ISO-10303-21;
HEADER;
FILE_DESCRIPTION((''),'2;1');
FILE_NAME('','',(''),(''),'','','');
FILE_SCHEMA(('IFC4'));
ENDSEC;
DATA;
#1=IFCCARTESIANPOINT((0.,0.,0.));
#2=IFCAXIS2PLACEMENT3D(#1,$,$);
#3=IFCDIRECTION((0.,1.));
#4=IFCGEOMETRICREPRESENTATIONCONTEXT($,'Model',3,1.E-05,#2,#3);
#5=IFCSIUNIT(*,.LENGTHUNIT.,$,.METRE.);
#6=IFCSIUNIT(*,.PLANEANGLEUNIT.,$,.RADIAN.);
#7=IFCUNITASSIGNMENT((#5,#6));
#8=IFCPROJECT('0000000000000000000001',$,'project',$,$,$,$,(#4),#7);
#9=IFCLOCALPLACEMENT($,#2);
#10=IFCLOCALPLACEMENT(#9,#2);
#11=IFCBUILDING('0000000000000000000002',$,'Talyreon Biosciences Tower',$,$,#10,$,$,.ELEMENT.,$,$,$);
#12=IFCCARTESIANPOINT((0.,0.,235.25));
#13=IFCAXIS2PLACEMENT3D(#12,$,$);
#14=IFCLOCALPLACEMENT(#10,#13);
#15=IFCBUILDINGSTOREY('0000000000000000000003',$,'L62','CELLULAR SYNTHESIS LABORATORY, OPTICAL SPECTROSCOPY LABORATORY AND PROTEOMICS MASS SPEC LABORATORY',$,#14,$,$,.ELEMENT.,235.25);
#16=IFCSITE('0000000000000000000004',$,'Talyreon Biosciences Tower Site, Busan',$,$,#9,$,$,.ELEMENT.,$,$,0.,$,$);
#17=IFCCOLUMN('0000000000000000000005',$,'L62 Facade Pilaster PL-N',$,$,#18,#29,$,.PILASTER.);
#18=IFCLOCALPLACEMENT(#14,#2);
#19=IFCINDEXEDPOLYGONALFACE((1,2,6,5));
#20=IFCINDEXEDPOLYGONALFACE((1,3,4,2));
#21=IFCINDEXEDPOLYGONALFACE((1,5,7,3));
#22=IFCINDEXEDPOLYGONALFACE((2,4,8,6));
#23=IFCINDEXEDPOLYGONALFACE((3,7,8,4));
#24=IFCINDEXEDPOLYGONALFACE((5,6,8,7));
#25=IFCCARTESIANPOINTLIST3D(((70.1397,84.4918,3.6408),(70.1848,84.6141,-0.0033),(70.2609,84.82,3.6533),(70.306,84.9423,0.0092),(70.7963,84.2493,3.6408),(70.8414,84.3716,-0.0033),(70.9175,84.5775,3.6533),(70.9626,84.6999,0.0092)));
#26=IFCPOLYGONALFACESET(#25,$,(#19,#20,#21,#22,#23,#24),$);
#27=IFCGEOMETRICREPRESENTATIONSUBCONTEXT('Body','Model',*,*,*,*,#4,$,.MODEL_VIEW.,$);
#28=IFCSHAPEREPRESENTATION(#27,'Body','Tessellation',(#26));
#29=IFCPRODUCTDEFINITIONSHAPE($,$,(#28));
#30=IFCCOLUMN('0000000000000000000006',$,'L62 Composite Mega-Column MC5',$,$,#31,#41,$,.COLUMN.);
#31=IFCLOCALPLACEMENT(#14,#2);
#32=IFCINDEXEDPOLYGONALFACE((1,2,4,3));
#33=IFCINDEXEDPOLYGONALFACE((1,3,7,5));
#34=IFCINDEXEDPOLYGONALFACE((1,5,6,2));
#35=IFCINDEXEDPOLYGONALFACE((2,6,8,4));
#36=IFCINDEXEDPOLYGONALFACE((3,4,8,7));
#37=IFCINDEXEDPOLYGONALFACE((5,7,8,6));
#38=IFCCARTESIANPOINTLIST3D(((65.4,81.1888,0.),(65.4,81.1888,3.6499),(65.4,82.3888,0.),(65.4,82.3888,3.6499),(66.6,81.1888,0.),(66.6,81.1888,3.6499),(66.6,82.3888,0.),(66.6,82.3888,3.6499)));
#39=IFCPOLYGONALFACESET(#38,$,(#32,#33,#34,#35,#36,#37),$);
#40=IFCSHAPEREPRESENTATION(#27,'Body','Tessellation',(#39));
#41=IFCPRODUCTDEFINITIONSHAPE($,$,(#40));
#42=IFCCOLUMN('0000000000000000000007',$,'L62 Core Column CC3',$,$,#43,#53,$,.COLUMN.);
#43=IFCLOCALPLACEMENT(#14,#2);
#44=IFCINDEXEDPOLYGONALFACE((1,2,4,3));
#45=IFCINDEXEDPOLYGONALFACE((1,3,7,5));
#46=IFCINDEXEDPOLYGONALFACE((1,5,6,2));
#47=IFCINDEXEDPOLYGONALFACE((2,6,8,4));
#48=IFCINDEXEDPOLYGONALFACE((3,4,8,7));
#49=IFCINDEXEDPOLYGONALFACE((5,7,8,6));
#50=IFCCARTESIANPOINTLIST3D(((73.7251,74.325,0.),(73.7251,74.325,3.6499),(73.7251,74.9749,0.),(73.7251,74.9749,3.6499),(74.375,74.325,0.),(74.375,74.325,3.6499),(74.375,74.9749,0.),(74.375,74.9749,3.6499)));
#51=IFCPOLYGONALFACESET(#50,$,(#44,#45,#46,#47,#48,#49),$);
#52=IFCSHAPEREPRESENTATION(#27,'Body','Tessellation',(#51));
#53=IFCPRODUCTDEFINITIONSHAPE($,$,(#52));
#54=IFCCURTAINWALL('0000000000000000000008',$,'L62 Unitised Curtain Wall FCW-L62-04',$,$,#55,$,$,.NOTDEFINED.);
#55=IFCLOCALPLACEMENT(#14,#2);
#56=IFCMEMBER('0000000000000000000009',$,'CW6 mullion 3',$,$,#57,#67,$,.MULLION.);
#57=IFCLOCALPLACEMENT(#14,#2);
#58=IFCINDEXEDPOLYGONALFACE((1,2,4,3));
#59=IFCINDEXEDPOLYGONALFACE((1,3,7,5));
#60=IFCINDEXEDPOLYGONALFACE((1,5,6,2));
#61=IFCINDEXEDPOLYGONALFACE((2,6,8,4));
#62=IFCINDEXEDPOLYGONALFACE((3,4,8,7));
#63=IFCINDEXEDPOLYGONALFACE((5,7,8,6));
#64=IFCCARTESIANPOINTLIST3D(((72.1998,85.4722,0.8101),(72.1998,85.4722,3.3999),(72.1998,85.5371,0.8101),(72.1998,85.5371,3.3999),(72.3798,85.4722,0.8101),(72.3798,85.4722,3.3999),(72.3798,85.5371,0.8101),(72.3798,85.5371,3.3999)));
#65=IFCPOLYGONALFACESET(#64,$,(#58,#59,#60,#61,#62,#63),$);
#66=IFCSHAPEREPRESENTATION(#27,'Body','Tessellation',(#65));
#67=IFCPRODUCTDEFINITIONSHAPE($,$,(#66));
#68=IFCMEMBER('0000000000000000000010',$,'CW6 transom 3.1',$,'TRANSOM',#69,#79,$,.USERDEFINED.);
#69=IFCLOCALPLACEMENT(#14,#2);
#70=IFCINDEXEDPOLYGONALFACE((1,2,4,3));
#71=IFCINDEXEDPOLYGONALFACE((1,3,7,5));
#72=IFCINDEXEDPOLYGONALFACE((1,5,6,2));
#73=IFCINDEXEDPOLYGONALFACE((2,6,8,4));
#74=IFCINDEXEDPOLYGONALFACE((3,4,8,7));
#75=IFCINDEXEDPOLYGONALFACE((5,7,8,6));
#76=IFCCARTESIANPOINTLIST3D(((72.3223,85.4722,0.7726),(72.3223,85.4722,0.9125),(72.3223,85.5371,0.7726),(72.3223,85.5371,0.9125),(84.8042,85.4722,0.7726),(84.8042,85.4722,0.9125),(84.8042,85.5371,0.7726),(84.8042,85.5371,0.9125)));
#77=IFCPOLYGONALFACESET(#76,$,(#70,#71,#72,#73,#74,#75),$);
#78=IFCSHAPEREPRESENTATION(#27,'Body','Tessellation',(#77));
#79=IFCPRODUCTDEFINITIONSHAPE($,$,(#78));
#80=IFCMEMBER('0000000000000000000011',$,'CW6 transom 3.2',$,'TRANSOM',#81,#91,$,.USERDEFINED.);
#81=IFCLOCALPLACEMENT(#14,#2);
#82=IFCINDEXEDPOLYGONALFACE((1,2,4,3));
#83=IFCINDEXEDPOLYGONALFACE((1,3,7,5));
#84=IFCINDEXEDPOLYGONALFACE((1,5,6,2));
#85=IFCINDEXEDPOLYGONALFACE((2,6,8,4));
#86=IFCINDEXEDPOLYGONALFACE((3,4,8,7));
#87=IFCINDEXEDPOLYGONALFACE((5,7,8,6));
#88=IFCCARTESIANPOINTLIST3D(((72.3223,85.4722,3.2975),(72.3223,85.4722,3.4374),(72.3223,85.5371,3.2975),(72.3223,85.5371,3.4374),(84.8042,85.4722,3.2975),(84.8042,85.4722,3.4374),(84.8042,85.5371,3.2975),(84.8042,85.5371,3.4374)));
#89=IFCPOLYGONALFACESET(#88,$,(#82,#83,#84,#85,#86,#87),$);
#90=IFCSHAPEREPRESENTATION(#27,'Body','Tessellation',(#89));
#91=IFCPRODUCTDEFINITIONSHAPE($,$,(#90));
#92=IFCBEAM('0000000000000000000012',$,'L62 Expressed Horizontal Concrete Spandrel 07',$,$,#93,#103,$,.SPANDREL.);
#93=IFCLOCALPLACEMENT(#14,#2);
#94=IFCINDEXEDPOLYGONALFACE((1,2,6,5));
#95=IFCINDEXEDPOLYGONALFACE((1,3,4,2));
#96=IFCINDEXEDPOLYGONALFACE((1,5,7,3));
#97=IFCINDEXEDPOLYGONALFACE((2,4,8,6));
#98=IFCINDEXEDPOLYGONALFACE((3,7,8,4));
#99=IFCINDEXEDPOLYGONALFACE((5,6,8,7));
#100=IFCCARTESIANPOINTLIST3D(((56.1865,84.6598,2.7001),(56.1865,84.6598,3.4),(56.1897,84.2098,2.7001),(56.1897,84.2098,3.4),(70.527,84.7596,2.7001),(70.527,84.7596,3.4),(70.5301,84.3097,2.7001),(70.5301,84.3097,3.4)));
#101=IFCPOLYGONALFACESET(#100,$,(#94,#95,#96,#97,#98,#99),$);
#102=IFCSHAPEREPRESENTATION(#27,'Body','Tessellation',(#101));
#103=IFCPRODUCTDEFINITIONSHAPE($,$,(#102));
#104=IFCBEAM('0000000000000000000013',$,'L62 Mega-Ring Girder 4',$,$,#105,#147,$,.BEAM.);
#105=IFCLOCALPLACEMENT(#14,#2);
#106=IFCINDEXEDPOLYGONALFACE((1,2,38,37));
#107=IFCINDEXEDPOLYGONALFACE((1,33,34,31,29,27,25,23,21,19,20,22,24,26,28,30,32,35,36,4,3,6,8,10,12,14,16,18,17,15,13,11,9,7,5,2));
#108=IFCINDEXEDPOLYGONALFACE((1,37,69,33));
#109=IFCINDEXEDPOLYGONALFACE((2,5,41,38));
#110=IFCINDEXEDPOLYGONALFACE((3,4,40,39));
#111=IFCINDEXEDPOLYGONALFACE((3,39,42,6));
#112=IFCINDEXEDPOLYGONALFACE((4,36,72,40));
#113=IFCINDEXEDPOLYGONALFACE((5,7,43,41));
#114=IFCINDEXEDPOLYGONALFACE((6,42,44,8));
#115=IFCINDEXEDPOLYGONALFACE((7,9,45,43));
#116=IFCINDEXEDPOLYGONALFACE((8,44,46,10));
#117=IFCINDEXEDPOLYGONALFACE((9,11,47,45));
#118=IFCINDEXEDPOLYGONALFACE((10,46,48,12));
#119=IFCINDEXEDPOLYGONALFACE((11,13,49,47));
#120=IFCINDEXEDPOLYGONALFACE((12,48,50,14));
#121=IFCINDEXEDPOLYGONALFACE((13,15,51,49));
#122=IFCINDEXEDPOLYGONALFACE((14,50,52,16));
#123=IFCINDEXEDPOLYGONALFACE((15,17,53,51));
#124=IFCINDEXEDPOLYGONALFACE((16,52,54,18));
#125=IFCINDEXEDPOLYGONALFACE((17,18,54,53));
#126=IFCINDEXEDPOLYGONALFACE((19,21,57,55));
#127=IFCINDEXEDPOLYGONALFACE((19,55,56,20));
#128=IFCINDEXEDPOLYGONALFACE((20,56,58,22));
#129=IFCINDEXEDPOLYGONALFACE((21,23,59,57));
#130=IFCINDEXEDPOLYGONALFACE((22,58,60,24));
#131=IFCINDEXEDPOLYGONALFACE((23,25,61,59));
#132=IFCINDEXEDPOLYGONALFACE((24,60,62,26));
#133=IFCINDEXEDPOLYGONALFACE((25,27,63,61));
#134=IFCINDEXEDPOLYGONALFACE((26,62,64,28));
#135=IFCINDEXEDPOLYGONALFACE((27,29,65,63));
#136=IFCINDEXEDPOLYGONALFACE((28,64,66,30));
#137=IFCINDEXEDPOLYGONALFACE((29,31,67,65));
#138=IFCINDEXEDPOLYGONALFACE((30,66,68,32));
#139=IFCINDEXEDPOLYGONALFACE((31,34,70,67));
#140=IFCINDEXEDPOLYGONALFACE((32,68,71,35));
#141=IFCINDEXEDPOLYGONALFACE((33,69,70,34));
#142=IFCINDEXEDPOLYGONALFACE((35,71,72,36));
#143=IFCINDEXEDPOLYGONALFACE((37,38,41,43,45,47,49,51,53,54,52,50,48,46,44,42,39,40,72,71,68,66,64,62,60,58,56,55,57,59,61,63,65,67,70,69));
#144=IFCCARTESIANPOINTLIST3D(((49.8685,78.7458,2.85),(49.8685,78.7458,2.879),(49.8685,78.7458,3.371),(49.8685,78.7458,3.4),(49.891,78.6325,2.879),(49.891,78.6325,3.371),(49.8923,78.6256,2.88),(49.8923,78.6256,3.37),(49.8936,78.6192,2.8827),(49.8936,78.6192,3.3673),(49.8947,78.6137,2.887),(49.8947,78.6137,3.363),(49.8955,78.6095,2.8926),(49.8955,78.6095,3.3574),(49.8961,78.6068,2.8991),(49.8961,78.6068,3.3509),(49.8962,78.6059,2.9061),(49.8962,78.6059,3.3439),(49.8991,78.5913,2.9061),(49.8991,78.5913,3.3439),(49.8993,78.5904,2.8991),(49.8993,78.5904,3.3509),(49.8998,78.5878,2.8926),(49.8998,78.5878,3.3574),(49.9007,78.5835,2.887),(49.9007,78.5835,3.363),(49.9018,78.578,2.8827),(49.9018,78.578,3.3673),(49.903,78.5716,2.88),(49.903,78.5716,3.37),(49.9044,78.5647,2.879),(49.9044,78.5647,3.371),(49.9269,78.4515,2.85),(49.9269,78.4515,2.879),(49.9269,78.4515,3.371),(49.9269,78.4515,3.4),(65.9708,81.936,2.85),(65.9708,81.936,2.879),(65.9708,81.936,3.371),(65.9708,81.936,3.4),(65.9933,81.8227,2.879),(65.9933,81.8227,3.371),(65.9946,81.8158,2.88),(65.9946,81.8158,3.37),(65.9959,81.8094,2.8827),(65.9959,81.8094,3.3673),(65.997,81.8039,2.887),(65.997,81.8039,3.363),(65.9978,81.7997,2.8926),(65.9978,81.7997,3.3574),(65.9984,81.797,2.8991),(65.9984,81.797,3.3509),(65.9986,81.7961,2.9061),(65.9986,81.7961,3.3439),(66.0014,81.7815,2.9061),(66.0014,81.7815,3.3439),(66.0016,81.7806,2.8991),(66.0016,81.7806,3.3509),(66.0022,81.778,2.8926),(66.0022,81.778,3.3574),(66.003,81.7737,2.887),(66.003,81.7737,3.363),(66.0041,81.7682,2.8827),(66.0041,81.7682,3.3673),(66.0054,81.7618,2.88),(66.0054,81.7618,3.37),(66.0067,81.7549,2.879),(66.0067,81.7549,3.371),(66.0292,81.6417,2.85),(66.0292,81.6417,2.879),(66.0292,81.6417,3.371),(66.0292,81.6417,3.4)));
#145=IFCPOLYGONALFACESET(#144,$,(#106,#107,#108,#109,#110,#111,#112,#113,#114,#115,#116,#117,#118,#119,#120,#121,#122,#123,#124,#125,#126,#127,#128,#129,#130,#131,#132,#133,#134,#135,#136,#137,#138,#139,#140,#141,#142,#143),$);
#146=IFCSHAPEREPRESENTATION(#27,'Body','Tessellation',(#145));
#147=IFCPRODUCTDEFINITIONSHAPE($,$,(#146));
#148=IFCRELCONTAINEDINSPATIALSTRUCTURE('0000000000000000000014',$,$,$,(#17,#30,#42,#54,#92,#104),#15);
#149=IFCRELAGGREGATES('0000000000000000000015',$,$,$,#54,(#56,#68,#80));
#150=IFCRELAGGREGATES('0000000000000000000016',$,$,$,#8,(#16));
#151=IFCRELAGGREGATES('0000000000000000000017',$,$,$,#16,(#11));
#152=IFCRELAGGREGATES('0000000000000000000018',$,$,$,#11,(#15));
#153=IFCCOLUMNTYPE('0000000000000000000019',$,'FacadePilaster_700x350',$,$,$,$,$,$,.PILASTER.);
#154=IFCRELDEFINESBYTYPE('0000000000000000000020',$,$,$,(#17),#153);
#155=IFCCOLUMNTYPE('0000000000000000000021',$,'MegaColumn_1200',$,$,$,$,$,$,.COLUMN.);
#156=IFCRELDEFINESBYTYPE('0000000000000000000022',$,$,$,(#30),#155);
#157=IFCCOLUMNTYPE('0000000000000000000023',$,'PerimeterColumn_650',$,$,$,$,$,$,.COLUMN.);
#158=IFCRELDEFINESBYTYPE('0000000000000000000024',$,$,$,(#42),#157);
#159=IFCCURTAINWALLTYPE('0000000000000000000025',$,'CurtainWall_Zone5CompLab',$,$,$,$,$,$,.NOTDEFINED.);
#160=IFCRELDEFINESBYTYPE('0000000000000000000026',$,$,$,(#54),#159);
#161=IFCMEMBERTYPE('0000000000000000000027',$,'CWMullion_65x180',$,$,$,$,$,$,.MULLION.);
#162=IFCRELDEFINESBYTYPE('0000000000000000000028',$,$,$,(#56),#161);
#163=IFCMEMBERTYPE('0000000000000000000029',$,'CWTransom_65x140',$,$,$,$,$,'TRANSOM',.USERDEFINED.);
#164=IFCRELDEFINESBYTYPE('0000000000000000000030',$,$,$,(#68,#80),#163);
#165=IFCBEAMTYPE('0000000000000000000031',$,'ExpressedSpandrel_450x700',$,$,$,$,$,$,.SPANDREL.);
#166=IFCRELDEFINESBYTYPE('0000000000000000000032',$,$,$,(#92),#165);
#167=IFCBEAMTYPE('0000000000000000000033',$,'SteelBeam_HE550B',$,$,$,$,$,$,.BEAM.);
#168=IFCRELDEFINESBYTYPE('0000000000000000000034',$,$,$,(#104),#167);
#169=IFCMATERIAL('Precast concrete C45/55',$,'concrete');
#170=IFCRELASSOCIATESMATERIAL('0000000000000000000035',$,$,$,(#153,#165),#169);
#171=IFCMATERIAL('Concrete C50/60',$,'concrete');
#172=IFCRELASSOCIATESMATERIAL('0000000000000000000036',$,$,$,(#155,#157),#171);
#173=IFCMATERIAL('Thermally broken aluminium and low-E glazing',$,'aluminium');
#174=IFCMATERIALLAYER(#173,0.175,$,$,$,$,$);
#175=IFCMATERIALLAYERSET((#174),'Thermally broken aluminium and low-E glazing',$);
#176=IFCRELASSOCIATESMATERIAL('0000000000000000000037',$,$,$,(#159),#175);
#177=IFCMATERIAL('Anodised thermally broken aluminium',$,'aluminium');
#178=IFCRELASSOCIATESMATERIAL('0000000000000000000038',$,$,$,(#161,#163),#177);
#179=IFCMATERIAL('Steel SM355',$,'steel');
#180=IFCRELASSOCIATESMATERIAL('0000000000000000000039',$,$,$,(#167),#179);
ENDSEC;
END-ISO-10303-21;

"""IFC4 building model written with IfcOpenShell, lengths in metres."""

from ifc_helpers import new_model, si_unit, direction, frame, origin, origin_2d, place, context, subcontext, project, spatial, rectangle, i_section, extrude, material, layer, layer_set, material_profile, profile_set, type_object, element, aggregate, save


model = new_model("IFC4")

# Units and contexts
model_context = context("Model", 3, precision=1e-05, world=origin(), true_north=direction((0.0, 1.0)))
body_context = subcontext(model_context, "Body", "Model", "MODEL_VIEW")
ifc_project = project(units=[si_unit("LENGTHUNIT", "METRE"), si_unit("PLANEANGLEUNIT", "RADIAN")], contexts=[model_context])

# Site, building, storey
site_placement = place(None, origin())
site = spatial("IfcSite", under=ifc_project, at=site_placement, Name="Talyreon Biosciences Tower Site, Busan", CompositionType="ELEMENT", RefElevation=0.0)
building_placement = place(site_placement, origin())
building = spatial("IfcBuilding", under=site, at=building_placement, Name="Talyreon Biosciences Tower", CompositionType="ELEMENT")
storey_placement = place(building_placement, frame((0.0, 0.0, 235.25)))
storey = spatial("IfcBuildingStorey", under=building, at=storey_placement, Name="L62", Description="CELLULAR SYNTHESIS LABORATORY, OPTICAL SPECTROSCOPY LABORATORY AND PROTEOMICS MASS SPEC LABORATORY", CompositionType="ELEMENT", Elevation=235.25)

# Columns
ifc_material_1 = material(Name="Precast concrete C45/55", Category="concrete")
ifc_material_profile_1 = material_profile(ifc_material_1, rectangle(XDim=0.7, YDim=0.3501, at=origin_2d()), Name="RC 700x350")
ifc_profile_set_1 = profile_set([ifc_material_profile_1], Name="Precast concrete C45/55")
column_type_1 = type_object("IfcColumnType", Name="FacadePilaster_700x350", PredefinedType="PILASTER", material=ifc_profile_set_1)
column_1_placement = place(storey_placement, frame((70.5737, 84.657, 0.0029), z_axis=(-0.012387, -0.033544, 0.99936), x_axis=(-0.938087, 0.346399, 0.0)))
element("IfcColumn", 1, at=column_1_placement, inside=storey, type_object=column_type_1, Name="L62 Facade Pilaster PL-N", PredefinedType="PILASTER", context=body_context, shape_type="SweptSolid", body=[
    extrude(rectangle(XDim=0.7, YDim=0.3501, at=origin_2d()), origin(), (0.0, 0.0, 1.0), 3.6465),
])
ifc_material_2 = material(Name="Concrete C50/60", Category="concrete")
ifc_material_profile_2 = material_profile(ifc_material_2, rectangle(XDim=1.2, YDim=1.2, at=origin_2d()), Name="RC 1200x1200")
ifc_profile_set_2 = profile_set([ifc_material_profile_2], Name="Concrete C50/60")
column_type_2 = type_object("IfcColumnType", Name="MegaColumn_1200", PredefinedType="COLUMN", material=ifc_profile_set_2)
column_2_placement = place(storey_placement, frame((66.0, 81.7888, 0.0), z_axis=(0.0, 0.0, 1.0), x_axis=(1.0, 0.0, 0.0)))
element("IfcColumn", 2, at=column_2_placement, inside=storey, type_object=column_type_2, Name="L62 Composite Mega-Column MC5", PredefinedType="COLUMN", context=body_context, shape_type="SweptSolid", body=[
    extrude(rectangle(XDim=1.2, YDim=1.2, at=origin_2d()), origin(), (0.0, 0.0, 1.0), 3.6499),
])
ifc_material_profile_3 = material_profile(ifc_material_2, rectangle(XDim=0.6499, YDim=0.6499, at=origin_2d()), Name="RC 650x650")
ifc_profile_set_3 = profile_set([ifc_material_profile_3], Name="Concrete C50/60")
column_type_3 = type_object("IfcColumnType", Name="PerimeterColumn_650", PredefinedType="COLUMN", material=ifc_profile_set_3)
column_3_placement = place(storey_placement, frame((74.05, 74.6499, 0.0), z_axis=(0.0, 0.0, 1.0), x_axis=(1.0, 0.0, 0.0)))
element("IfcColumn", 3, at=column_3_placement, inside=storey, type_object=column_type_3, Name="L62 Core Column CC3", PredefinedType="COLUMN", context=body_context, shape_type="SweptSolid", body=[
    extrude(rectangle(XDim=0.6499, YDim=0.6499, at=origin_2d()), origin(), (0.0, 0.0, 1.0), 3.6499),
])

# Curtain wall, members
ifc_material_3 = material(Name="Thermally broken aluminium and low-E glazing", Category="aluminium")
ifc_layer_1 = layer(ifc_material_3, 0.175)
ifc_layer_set_1 = layer_set([ifc_layer_1], Name="Thermally broken aluminium and low-E glazing")
curtain_wall_type = type_object("IfcCurtainWallType", Name="CurtainWall_Zone5CompLab", PredefinedType="NOTDEFINED", material=ifc_layer_set_1)
curtain_wall_placement = place(storey_placement, origin())
curtain_wall = element("IfcCurtainWall", 4, at=curtain_wall_placement, inside=storey, type_object=curtain_wall_type, Name="L62 Unitised Curtain Wall FCW-L62-04", PredefinedType="NOTDEFINED")
ifc_material_4 = material(Name="Anodised thermally broken aluminium", Category="aluminium")
ifc_material_profile_4 = material_profile(ifc_material_4, rectangle(XDim=0.0649, YDim=0.1799, at=origin_2d()), Name="ALUM MULLION 65x180")
ifc_profile_set_4 = profile_set([ifc_material_profile_4], Name="Anodised thermally broken aluminium")
member_type_1 = type_object("IfcMemberType", Name="CWMullion_65x180", PredefinedType="MULLION", material=ifc_profile_set_4)
member_1_placement = place(storey_placement, frame((72.2898, 85.5046, 0.8101), z_axis=(0.0, 0.0, 1.0), x_axis=(0.0, 1.0, 0.0)))
member_1 = element("IfcMember", 5, at=member_1_placement, type_object=member_type_1, Name="CW6 mullion 3", PredefinedType="MULLION", context=body_context, shape_type="SweptSolid", body=[
    extrude(rectangle(XDim=0.0649, YDim=0.1799, at=origin_2d()), origin(), (0.0, 0.0, 1.0), 2.5898),
])
ifc_material_profile_5 = material_profile(ifc_material_4, rectangle(XDim=0.0649, YDim=0.1399, at=origin_2d()), Name="ALUM TRANSOM 65x140")
ifc_profile_set_5 = profile_set([ifc_material_profile_5], Name="Anodised thermally broken aluminium")
member_type_2 = type_object("IfcMemberType", Name="CWTransom_65x140", ElementType="TRANSOM", PredefinedType="USERDEFINED", material=ifc_profile_set_5)
member_2_placement = place(storey_placement, frame((72.3223, 85.5046, 0.8425), z_axis=(1.0, 0.0, 0.0), x_axis=(0.0, 1.0, 0.0)))
member_2 = element("IfcMember", 6, at=member_2_placement, type_object=member_type_2, Name="CW6 transom 3.1", ObjectType="TRANSOM", PredefinedType="USERDEFINED", context=body_context, shape_type="SweptSolid", body=[
    extrude(rectangle(XDim=0.0649, YDim=0.1399, at=origin_2d()), origin(), (0.0, 0.0, 1.0), 12.4819),
])
member_3_placement = place(storey_placement, frame((72.3223, 85.5046, 3.3674), z_axis=(1.0, 0.0, 0.0), x_axis=(0.0, 1.0, 0.0)))
member_3 = element("IfcMember", 7, at=member_3_placement, type_object=member_type_2, Name="CW6 transom 3.2", ObjectType="TRANSOM", PredefinedType="USERDEFINED", context=body_context, shape_type="SweptSolid", body=[
    extrude(rectangle(XDim=0.0649, YDim=0.1399, at=origin_2d()), origin(), (0.0, 0.0, 1.0), 12.4819),
])

# Beams
ifc_material_profile_6 = material_profile(ifc_material_1, rectangle(XDim=0.45, YDim=0.7, at=origin_2d()), Name="RCB 450x700")
ifc_profile_set_6 = profile_set([ifc_material_profile_6], Name="Precast concrete C45/55")
beam_type_1 = type_object("IfcBeamType", Name="ExpressedSpandrel_450x700", PredefinedType="SPANDREL", material=ifc_profile_set_6)
beam_1_placement = place(storey_placement, frame((70.5286, 84.5347, 3.05), z_axis=(-0.999976, -0.006963, 0.0), x_axis=(0.006963, -0.999976, 0.0)))
element("IfcBeam", 8, at=beam_1_placement, inside=storey, type_object=beam_type_1, Name="L62 Expressed Horizontal Concrete Spandrel 07", PredefinedType="SPANDREL", context=body_context, shape_type="SweptSolid", body=[
    extrude(rectangle(XDim=0.45, YDim=0.7, at=origin_2d()), origin(), (0.0, 0.0, 1.0), 14.3408),
])
ifc_material_5 = material(Name="Steel SM355", Category="steel")
ifc_material_profile_7 = material_profile(ifc_material_5, i_section(OverallWidth=0.3, OverallDepth=0.55, WebThickness=0.0149, FlangeThickness=0.0291, FilletRadius=0.0271, at=origin_2d()), Name="HE550B")
ifc_profile_set_7 = profile_set([ifc_material_profile_7], Name="Steel SM355")
beam_type_2 = type_object("IfcBeamType", Name="SteelBeam_HE550B", PredefinedType="BEAM", material=ifc_profile_set_7)
beam_2_placement = place(storey_placement, frame((66.0, 81.7888, 3.125), z_axis=(-0.980934, -0.194343, 0.0), x_axis=(0.194343, -0.980934, 0.0)))
element("IfcBeam", 9, at=beam_2_placement, inside=storey, type_object=beam_type_2, Name="L62 Mega-Ring Girder 4", PredefinedType="BEAM", context=body_context, shape_type="SweptSolid", body=[
    extrude(i_section(OverallWidth=0.3, OverallDepth=0.55, WebThickness=0.0149, FlangeThickness=0.0291, FilletRadius=0.0271, at=origin_2d()), origin(), (0.0, 0.0, 1.0), 16.4153),
])

aggregate(curtain_wall, [member_1, member_2, member_3])

save(model, "model.ifc")
